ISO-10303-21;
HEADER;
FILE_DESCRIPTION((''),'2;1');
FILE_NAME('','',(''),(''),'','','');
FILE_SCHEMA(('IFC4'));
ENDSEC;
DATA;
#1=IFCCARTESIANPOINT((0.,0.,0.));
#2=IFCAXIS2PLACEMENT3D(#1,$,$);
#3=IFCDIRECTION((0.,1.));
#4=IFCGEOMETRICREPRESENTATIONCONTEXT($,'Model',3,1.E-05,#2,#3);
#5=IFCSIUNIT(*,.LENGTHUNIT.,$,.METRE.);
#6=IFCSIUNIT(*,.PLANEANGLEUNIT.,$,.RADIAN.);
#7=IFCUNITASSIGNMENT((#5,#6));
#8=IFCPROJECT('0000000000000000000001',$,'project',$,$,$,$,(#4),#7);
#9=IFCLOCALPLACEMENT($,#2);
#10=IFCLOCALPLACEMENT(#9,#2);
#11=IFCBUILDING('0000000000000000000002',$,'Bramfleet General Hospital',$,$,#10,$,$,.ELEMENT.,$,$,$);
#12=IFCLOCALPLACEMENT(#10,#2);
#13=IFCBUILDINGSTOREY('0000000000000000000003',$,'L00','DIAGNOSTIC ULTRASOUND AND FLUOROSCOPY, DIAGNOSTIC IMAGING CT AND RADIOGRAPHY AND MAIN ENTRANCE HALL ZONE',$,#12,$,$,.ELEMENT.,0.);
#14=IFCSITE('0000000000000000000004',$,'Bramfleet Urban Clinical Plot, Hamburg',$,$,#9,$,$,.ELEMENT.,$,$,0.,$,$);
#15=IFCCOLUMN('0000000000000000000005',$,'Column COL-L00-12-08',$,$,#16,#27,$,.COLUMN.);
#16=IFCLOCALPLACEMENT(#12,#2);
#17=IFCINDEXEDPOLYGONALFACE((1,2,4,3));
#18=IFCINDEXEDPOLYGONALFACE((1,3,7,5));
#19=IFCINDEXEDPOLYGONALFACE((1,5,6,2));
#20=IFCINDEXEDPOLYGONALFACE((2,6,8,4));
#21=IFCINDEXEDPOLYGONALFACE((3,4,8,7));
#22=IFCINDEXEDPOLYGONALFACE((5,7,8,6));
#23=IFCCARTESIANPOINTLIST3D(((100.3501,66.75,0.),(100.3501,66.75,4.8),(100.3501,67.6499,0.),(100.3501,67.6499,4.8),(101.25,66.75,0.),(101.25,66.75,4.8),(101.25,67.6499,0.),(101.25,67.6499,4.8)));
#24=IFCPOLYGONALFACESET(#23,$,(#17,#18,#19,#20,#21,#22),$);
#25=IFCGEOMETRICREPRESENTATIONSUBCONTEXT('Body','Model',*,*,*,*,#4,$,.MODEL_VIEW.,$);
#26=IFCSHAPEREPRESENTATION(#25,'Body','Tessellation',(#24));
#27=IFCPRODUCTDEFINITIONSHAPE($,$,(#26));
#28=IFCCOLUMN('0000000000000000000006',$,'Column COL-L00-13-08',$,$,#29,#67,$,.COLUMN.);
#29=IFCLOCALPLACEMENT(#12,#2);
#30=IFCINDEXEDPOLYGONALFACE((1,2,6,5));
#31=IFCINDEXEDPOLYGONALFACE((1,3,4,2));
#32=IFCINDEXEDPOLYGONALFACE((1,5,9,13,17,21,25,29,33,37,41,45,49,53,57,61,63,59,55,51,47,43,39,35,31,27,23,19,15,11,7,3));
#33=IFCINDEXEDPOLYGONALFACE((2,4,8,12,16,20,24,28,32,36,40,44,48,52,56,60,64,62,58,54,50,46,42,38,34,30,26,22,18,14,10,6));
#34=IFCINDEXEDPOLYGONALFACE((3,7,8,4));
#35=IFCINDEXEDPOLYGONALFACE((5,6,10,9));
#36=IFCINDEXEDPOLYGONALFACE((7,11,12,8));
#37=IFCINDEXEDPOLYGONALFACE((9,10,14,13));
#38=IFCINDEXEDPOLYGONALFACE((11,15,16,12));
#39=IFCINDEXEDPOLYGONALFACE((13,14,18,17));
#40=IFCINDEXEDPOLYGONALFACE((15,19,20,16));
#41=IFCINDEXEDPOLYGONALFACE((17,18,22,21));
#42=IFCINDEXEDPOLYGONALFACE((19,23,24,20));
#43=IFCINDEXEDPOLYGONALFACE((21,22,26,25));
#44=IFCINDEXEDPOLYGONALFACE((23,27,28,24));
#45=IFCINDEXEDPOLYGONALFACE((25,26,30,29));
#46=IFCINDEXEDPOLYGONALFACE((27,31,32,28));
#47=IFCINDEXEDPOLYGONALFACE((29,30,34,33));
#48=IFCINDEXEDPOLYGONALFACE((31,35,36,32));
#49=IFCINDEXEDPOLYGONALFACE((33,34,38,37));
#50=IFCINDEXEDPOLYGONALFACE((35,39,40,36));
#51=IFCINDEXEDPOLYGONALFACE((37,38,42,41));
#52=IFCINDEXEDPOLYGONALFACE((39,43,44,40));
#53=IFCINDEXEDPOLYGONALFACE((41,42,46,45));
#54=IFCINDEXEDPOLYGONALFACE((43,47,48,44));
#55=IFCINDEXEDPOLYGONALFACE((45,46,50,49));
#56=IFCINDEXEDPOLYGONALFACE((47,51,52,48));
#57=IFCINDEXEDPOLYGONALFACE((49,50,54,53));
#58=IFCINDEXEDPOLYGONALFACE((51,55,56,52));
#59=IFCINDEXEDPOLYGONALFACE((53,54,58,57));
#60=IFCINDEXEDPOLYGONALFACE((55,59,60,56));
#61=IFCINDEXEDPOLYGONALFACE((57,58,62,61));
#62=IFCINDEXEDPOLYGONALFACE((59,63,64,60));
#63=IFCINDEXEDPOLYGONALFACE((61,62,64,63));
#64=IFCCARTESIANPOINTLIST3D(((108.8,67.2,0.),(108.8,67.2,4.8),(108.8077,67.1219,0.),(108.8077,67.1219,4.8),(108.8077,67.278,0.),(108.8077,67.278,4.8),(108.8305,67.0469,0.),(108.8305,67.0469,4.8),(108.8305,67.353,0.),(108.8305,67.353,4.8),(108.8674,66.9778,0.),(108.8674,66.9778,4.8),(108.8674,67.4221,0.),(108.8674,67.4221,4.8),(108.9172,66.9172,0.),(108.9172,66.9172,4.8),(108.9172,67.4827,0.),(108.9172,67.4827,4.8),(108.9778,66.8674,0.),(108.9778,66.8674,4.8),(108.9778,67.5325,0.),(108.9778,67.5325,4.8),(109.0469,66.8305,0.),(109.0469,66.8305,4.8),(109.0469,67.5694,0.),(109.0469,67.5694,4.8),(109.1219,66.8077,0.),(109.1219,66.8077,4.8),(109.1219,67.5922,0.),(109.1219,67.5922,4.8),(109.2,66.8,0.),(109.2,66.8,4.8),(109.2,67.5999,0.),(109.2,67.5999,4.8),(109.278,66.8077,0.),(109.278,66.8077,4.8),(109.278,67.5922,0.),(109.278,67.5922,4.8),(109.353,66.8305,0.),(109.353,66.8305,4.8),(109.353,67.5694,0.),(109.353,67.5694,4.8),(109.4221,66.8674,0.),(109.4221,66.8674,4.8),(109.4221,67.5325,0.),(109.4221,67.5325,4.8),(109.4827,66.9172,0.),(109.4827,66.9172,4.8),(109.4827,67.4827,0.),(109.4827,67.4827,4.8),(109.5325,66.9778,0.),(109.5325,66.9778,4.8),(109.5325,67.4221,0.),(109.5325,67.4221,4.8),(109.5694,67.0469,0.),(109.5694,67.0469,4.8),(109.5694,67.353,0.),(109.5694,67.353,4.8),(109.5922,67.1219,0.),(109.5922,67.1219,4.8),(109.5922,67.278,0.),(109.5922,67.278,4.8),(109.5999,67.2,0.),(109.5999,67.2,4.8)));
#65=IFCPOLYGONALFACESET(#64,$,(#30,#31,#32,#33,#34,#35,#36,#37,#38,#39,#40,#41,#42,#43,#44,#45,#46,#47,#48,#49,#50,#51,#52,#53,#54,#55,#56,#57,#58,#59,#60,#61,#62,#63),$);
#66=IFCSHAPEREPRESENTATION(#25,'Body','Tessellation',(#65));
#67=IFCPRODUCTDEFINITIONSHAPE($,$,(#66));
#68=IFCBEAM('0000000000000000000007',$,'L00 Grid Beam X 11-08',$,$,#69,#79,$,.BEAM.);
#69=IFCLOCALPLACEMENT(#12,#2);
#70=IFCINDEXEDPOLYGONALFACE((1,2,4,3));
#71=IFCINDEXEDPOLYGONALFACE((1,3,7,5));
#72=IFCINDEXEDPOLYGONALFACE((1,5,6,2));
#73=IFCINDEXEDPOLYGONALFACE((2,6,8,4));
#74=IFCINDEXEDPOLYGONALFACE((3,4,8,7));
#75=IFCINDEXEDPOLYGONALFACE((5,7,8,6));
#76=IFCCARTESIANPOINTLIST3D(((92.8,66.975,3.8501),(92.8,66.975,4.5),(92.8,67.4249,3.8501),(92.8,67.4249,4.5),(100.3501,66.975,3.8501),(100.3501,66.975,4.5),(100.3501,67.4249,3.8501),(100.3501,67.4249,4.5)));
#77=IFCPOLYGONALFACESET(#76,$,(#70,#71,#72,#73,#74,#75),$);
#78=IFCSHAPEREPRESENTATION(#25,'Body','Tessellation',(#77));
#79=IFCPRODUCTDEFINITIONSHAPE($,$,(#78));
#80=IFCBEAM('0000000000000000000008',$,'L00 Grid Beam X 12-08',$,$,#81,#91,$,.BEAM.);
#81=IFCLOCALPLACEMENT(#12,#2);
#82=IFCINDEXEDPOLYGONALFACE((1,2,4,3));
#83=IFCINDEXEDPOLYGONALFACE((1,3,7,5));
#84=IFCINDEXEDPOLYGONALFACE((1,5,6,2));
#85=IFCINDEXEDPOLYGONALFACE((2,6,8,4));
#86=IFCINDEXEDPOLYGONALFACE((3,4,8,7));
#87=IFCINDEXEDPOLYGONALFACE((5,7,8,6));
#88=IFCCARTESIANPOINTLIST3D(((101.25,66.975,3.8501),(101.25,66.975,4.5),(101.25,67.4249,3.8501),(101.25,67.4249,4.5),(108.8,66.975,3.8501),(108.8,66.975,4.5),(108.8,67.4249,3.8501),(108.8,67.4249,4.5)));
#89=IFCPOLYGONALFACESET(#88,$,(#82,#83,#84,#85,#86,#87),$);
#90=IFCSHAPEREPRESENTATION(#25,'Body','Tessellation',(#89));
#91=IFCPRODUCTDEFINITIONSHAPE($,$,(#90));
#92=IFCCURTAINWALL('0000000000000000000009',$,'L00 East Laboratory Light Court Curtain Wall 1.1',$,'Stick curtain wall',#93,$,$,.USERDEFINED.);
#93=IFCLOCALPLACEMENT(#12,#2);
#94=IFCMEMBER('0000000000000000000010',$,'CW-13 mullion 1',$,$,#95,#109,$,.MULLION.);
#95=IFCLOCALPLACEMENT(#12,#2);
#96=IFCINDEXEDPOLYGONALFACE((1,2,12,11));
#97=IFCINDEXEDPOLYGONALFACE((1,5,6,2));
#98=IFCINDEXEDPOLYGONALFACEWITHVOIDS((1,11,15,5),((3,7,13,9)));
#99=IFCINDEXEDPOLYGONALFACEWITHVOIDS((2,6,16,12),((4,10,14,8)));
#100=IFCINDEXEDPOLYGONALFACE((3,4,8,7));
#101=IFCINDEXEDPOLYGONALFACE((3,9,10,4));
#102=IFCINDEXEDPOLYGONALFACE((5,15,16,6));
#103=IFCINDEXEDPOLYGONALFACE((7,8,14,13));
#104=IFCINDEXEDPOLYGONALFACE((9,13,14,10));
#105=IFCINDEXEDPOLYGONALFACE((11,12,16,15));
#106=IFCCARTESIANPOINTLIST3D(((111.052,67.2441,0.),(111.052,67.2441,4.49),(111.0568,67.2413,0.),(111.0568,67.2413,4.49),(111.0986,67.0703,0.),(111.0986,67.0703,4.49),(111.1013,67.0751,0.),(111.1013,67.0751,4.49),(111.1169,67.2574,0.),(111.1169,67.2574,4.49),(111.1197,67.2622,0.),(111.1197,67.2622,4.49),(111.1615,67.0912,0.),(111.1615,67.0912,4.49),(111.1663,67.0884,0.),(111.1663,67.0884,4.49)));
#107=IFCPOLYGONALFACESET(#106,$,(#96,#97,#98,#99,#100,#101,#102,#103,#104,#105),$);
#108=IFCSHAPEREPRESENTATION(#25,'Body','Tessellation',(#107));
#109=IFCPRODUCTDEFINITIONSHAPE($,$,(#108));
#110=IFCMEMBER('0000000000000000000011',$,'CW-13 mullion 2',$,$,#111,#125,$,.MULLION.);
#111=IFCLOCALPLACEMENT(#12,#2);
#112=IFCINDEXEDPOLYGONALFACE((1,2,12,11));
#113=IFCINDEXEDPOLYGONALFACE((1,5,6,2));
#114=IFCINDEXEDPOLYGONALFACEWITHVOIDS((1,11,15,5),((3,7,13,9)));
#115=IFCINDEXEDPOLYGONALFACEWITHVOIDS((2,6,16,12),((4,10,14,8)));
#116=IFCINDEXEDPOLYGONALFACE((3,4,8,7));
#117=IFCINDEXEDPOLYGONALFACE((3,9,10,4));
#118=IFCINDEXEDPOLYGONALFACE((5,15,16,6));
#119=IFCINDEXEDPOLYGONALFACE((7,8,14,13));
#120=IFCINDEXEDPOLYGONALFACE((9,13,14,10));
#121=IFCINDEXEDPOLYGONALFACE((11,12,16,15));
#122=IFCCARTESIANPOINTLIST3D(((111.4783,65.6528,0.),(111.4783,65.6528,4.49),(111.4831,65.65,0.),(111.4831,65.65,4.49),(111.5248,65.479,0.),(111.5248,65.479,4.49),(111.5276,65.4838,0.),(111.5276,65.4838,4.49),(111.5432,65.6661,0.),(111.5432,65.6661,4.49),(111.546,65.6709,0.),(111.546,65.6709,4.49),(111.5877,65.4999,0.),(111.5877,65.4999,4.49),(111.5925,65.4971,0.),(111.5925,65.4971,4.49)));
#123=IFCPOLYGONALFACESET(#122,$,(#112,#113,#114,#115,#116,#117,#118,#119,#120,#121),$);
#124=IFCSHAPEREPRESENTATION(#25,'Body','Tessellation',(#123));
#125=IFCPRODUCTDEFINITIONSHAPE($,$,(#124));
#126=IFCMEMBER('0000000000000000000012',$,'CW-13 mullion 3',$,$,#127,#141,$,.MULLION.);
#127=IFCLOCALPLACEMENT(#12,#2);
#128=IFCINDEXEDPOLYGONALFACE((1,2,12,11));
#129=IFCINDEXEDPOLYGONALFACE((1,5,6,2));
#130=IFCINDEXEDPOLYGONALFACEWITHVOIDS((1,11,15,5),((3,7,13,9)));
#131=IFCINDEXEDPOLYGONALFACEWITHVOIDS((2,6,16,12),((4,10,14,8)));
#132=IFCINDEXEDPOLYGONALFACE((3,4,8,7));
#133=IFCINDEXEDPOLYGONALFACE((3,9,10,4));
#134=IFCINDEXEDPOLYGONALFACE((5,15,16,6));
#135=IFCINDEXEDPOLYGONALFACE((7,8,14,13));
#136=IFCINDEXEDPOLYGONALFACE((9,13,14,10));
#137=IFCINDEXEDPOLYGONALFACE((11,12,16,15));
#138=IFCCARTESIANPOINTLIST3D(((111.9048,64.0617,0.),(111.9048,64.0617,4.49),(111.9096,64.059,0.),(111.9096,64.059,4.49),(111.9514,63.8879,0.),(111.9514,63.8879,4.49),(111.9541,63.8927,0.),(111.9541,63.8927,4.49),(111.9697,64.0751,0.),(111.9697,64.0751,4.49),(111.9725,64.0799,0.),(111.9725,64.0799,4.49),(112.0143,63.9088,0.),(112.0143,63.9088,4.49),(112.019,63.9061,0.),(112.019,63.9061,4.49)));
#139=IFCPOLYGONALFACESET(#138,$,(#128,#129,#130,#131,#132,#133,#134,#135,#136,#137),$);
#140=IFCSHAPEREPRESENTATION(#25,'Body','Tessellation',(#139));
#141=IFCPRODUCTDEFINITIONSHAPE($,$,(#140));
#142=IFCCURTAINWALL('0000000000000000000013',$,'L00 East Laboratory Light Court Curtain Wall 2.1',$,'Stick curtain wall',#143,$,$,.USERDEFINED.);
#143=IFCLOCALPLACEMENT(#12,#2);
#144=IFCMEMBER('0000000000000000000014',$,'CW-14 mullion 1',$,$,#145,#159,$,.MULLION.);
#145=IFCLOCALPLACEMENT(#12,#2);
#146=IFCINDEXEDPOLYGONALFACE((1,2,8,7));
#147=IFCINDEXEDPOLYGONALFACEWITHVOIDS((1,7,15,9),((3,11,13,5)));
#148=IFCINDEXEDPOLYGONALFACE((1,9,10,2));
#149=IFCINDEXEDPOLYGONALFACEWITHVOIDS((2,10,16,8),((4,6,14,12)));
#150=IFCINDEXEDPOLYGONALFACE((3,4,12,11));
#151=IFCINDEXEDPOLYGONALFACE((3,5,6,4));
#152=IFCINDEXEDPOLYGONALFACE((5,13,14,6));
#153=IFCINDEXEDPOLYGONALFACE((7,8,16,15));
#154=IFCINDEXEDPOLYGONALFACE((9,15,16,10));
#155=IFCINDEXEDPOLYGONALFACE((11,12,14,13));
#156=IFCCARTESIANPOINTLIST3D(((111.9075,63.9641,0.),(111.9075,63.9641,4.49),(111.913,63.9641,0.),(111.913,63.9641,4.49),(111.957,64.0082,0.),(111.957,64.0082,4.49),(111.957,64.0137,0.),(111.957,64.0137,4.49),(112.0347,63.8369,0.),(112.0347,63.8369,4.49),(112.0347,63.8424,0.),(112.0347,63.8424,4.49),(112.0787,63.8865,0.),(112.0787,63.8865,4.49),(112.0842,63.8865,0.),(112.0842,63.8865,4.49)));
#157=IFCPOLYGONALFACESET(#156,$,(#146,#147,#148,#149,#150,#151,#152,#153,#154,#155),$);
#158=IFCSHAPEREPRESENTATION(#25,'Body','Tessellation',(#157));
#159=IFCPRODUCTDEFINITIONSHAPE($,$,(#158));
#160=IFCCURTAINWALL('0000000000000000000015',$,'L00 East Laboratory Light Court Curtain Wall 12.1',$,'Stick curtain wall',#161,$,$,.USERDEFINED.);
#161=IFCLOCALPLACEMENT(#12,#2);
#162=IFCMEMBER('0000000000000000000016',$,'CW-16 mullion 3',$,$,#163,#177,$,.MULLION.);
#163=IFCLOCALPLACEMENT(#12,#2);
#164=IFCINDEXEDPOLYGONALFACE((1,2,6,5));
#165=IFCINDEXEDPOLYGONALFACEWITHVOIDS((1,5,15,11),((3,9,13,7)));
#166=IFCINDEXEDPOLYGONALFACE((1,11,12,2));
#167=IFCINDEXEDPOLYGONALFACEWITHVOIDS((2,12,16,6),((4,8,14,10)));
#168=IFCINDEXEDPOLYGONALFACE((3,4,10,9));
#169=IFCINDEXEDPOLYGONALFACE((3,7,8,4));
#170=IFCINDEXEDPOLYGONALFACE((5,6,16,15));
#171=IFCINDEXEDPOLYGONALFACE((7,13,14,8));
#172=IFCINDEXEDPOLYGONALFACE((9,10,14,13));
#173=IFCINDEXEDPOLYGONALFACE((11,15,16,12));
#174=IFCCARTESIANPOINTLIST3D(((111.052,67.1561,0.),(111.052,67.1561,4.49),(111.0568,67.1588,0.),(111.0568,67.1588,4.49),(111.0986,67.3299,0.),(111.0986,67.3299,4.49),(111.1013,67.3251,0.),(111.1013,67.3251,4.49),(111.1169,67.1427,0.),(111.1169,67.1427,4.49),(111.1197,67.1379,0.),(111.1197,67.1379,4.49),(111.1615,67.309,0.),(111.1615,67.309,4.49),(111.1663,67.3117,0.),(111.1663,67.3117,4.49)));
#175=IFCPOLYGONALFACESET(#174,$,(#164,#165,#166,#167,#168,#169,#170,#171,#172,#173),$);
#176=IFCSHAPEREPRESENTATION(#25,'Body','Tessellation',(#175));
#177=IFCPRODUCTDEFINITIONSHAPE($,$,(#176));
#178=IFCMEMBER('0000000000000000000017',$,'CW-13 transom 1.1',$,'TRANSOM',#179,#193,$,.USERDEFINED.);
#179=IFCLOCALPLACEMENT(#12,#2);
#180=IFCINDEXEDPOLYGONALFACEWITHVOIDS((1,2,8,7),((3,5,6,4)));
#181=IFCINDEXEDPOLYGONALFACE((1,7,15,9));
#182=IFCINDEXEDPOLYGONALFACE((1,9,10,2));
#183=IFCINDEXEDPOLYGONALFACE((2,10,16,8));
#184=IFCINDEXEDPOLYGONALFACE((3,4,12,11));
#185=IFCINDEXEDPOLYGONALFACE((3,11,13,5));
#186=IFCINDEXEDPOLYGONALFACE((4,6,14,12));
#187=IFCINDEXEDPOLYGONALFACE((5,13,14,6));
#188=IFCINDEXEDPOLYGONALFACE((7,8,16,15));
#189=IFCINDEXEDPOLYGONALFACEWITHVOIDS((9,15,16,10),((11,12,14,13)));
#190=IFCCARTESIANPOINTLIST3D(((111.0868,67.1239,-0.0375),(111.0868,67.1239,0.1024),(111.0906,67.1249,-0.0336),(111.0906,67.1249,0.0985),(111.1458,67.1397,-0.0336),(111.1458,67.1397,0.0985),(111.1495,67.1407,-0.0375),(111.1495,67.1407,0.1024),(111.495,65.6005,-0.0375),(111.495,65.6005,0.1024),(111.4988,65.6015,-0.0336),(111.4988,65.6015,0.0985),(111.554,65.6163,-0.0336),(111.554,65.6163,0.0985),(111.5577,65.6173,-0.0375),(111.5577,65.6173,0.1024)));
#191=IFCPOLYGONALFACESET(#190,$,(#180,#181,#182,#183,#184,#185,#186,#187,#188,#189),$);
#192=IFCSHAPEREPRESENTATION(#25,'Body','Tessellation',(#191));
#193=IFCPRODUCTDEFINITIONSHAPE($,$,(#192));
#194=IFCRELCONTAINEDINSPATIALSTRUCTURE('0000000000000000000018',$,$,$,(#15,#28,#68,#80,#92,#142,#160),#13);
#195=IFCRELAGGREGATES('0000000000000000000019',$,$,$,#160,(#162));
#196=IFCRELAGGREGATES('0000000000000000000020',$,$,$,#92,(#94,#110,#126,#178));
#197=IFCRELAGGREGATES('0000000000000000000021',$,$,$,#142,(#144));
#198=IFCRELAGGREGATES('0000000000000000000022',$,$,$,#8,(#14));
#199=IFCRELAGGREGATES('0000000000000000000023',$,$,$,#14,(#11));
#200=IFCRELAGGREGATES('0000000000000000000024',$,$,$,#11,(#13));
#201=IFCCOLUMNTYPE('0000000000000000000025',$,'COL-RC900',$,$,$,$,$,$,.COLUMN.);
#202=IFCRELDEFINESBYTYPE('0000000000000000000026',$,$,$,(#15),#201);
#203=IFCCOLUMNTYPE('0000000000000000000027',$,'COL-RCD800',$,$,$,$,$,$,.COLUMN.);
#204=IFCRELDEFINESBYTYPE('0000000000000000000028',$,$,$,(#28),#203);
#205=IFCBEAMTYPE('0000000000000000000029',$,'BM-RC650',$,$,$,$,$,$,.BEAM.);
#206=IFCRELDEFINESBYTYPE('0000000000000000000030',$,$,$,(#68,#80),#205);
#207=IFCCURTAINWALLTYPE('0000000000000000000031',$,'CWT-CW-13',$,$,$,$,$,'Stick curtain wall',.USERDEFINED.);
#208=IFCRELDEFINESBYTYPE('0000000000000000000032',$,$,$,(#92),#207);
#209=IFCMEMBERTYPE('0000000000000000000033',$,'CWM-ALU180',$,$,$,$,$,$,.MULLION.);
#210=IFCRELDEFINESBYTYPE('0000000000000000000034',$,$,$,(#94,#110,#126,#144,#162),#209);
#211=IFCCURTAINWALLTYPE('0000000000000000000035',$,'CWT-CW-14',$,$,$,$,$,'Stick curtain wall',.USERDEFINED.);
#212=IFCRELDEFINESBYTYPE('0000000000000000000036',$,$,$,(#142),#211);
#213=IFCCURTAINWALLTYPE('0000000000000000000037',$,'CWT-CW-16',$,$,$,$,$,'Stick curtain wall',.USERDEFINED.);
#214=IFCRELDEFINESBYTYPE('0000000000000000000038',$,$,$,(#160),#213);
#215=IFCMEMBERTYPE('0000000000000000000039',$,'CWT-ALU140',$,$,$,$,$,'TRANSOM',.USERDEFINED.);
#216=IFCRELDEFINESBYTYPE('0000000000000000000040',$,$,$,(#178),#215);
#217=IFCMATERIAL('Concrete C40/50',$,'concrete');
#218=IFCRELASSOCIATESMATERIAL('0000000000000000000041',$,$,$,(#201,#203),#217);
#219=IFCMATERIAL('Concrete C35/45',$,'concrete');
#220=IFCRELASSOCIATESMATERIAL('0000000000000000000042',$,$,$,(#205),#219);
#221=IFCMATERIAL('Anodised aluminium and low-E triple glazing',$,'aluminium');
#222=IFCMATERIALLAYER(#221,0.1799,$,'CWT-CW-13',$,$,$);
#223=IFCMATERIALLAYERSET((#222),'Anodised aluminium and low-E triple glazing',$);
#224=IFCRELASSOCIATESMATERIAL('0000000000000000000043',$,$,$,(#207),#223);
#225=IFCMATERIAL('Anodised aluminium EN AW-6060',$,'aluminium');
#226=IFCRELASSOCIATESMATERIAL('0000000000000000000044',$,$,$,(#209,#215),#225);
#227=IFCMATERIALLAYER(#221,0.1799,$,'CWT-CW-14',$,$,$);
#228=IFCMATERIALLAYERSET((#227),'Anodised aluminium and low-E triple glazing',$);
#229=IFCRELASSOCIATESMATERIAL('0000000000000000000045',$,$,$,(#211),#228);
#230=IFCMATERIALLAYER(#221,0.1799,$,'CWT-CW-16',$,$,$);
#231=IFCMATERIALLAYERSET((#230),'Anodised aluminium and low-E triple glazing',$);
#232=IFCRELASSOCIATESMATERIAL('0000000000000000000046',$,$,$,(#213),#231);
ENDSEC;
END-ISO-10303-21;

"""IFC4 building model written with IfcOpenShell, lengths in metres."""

from ifc_helpers import new_model, si_unit, direction, frame, origin, origin_2d, place, context, subcontext, project, spatial, rectangle, hollow_rectangle, circle, extrude, material, layer, layer_set, material_profile, profile_set, type_object, element, aggregate, save


model = new_model("IFC4")

# Units and contexts
model_context = context("Model", 3, precision=1e-05, world=origin(), true_north=direction((0.0, 1.0)))
body_context = subcontext(model_context, "Body", "Model", "MODEL_VIEW")
ifc_project = project(units=[si_unit("LENGTHUNIT", "METRE"), si_unit("PLANEANGLEUNIT", "RADIAN")], contexts=[model_context])

# Site, building, storey
site_placement = place(None, origin())
site = spatial("IfcSite", under=ifc_project, at=site_placement, Name="Bramfleet Urban Clinical Plot, Hamburg", CompositionType="ELEMENT", RefElevation=0.0)
building_placement = place(site_placement, origin())
building = spatial("IfcBuilding", under=site, at=building_placement, Name="Bramfleet General Hospital", CompositionType="ELEMENT")
storey_placement = place(building_placement, origin())
storey = spatial("IfcBuildingStorey", under=building, at=storey_placement, Name="L00", Description="DIAGNOSTIC ULTRASOUND AND FLUOROSCOPY, DIAGNOSTIC IMAGING CT AND RADIOGRAPHY AND MAIN ENTRANCE HALL ZONE", CompositionType="ELEMENT", Elevation=0.0)

# Columns
ifc_material_1 = material(Name="Concrete C40/50", Category="concrete")
ifc_material_profile_1 = material_profile(ifc_material_1, rectangle(XDim=0.8999, YDim=0.8999, at=origin_2d()), Name="RC COL 900x900")
ifc_profile_set_1 = profile_set([ifc_material_profile_1], Name="Concrete C40/50")
column_type_1 = type_object("IfcColumnType", Name="COL-RC900", PredefinedType="COLUMN", material=ifc_profile_set_1)
column_1_placement = place(storey_placement, frame((100.8, 67.2, 0.0), z_axis=(0.0, 0.0, 1.0), x_axis=(1.0, 0.0, 0.0)))
element("IfcColumn", 1, at=column_1_placement, inside=storey, type_object=column_type_1, Name="Column COL-L00-12-08", PredefinedType="COLUMN", context=body_context, shape_type="SweptSolid", body=[
    extrude(rectangle(XDim=0.8999, YDim=0.8999, at=origin_2d()), origin(), (0.0, 0.0, 1.0), 4.8),
])
ifc_material_profile_2 = material_profile(ifc_material_1, circle(Radius=0.3999, at=origin_2d()), Name="RC ROUND D800")
ifc_profile_set_2 = profile_set([ifc_material_profile_2], Name="Concrete C40/50")
column_type_2 = type_object("IfcColumnType", Name="COL-RCD800", PredefinedType="COLUMN", material=ifc_profile_set_2)
column_2_placement = place(storey_placement, frame((109.2, 67.2, 0.0), z_axis=(0.0, 0.0, 1.0), x_axis=(1.0, 0.0, 0.0)))
element("IfcColumn", 2, at=column_2_placement, inside=storey, type_object=column_type_2, Name="Column COL-L00-13-08", PredefinedType="COLUMN", context=body_context, shape_type="SweptSolid", body=[
    extrude(circle(Radius=0.3999, at=origin_2d()), origin(), (0.0, 0.0, 1.0), 4.8),
])

# Beams
ifc_material_2 = material(Name="Concrete C35/45", Category="concrete")
ifc_material_profile_3 = material_profile(ifc_material_2, rectangle(XDim=0.45, YDim=0.6499, at=origin_2d()), Name="RC BM 650x450")
ifc_profile_set_3 = profile_set([ifc_material_profile_3], Name="Concrete C35/45")
beam_type = type_object("IfcBeamType", Name="BM-RC650", PredefinedType="BEAM", material=ifc_profile_set_3)
for number, where, z_axis, x_axis, name in (
    (3, (92.8, 67.2, 4.175), (1.0, 0.0, 0.0), (0.0, 1.0, 0.0), "L00 Grid Beam X 11-08"),
    (4, (101.25, 67.2, 4.175), (1.0, 0.0, 0.0), (0.0, 1.0, 0.0), "L00 Grid Beam X 12-08"),
):
    element("IfcBeam", number, at=place(storey_placement, frame(where, z_axis=z_axis, x_axis=x_axis)), inside=storey, type_object=beam_type, Name=name, PredefinedType="BEAM", context=body_context, shape_type="SweptSolid", body=[
        extrude(rectangle(XDim=0.45, YDim=0.6499, at=origin_2d()), origin(), (0.0, 0.0, 1.0), 7.55),
    ])

# Curtain wall, members
ifc_material_3 = material(Name="Anodised aluminium and low-E triple glazing", Category="aluminium")
ifc_layer_1 = layer(ifc_material_3, 0.1799, Name="CWT-CW-13")
ifc_layer_set_1 = layer_set([ifc_layer_1], Name="Anodised aluminium and low-E triple glazing")
curtain_wall_type_1 = type_object("IfcCurtainWallType", Name="CWT-CW-13", ElementType="Stick curtain wall", PredefinedType="USERDEFINED", material=ifc_layer_set_1)
curtain_wall_1_placement = place(storey_placement, origin())
curtain_wall_1 = element("IfcCurtainWall", 5, at=curtain_wall_1_placement, inside=storey, type_object=curtain_wall_type_1, Name="L00 East Laboratory Light Court Curtain Wall 1.1", ObjectType="Stick curtain wall", PredefinedType="USERDEFINED")
ifc_material_4 = material(Name="Anodised aluminium EN AW-6060", Category="aluminium")
ifc_material_profile_4 = material_profile(ifc_material_4, hollow_rectangle(XDim=0.0701, YDim=0.1799, WallThickness=0.0039, at=origin_2d()), Name="ALU 180x70x4.0")
ifc_profile_set_4 = profile_set([ifc_material_profile_4], Name="Anodised aluminium EN AW-6060")
member_type_1 = type_object("IfcMemberType", Name="CWM-ALU180", PredefinedType="MULLION", material=ifc_profile_set_4)
member_1_placement = place(storey_placement, frame((111.1091, 67.1663, 0.0), z_axis=(0.0, 0.0, 1.0), x_axis=(0.965914, 0.258865, 0.0)))
member_1 = element("IfcMember", 6, at=member_1_placement, type_object=member_type_1, Name="CW-13 mullion 1", PredefinedType="MULLION", context=body_context, shape_type="SweptSolid", body=[
    extrude(hollow_rectangle(XDim=0.0701, YDim=0.1799, WallThickness=0.0039, at=origin_2d()), origin(), (0.0, 0.0, 1.0), 4.49),
])
member_2_placement = place(storey_placement, frame((111.5354, 65.575, 0.0), z_axis=(0.0, 0.0, 1.0), x_axis=(0.965914, 0.258865, 0.0)))
member_2 = element("IfcMember", 7, at=member_2_placement, type_object=member_type_1, Name="CW-13 mullion 2", PredefinedType="MULLION", context=body_context, shape_type="SweptSolid", body=[
    extrude(hollow_rectangle(XDim=0.0701, YDim=0.1799, WallThickness=0.0039, at=origin_2d()), origin(), (0.0, 0.0, 1.0), 4.49),
])
member_3_placement = place(storey_placement, frame((111.9619, 63.9839, 0.0), z_axis=(0.0, 0.0, 1.0), x_axis=(0.965914, 0.258865, 0.0)))
member_3 = element("IfcMember", 8, at=member_3_placement, type_object=member_type_1, Name="CW-13 mullion 3", PredefinedType="MULLION", context=body_context, shape_type="SweptSolid", body=[
    extrude(hollow_rectangle(XDim=0.0701, YDim=0.1799, WallThickness=0.0039, at=origin_2d()), origin(), (0.0, 0.0, 1.0), 4.49),
])

# Curtain walls, members
ifc_layer_2 = layer(ifc_material_3, 0.1799, Name="CWT-CW-14")
ifc_layer_set_2 = layer_set([ifc_layer_2], Name="Anodised aluminium and low-E triple glazing")
curtain_wall_type_2 = type_object("IfcCurtainWallType", Name="CWT-CW-14", ElementType="Stick curtain wall", PredefinedType="USERDEFINED", material=ifc_layer_set_2)
curtain_wall_2_placement = place(storey_placement, origin())
curtain_wall_2 = element("IfcCurtainWall", 9, at=curtain_wall_2_placement, inside=storey, type_object=curtain_wall_type_2, Name="L00 East Laboratory Light Court Curtain Wall 2.1", ObjectType="Stick curtain wall", PredefinedType="USERDEFINED")
member_4_placement = place(storey_placement, frame((111.9958, 63.9253, 0.0), z_axis=(0.0, 0.0, 1.0), x_axis=(0.707107, 0.707107, 0.0)))
member_4 = element("IfcMember", 10, at=member_4_placement, type_object=member_type_1, Name="CW-14 mullion 1", PredefinedType="MULLION", context=body_context, shape_type="SweptSolid", body=[
    extrude(hollow_rectangle(XDim=0.0701, YDim=0.1799, WallThickness=0.0039, at=origin_2d()), origin(), (0.0, 0.0, 1.0), 4.49),
])
ifc_layer_3 = layer(ifc_material_3, 0.1799, Name="CWT-CW-16")
ifc_layer_set_3 = layer_set([ifc_layer_3], Name="Anodised aluminium and low-E triple glazing")
curtain_wall_type_3 = type_object("IfcCurtainWallType", Name="CWT-CW-16", ElementType="Stick curtain wall", PredefinedType="USERDEFINED", material=ifc_layer_set_3)
curtain_wall_3_placement = place(storey_placement, origin())
curtain_wall_3 = element("IfcCurtainWall", 11, at=curtain_wall_3_placement, inside=storey, type_object=curtain_wall_type_3, Name="L00 East Laboratory Light Court Curtain Wall 12.1", ObjectType="Stick curtain wall", PredefinedType="USERDEFINED")
member_5_placement = place(storey_placement, frame((111.1091, 67.2339, 0.0), z_axis=(0.0, 0.0, 1.0), x_axis=(0.965914, -0.258865, 0.0)))
member_5 = element("IfcMember", 12, at=member_5_placement, type_object=member_type_1, Name="CW-16 mullion 3", PredefinedType="MULLION", context=body_context, shape_type="SweptSolid", body=[
    extrude(hollow_rectangle(XDim=0.0701, YDim=0.1799, WallThickness=0.0039, at=origin_2d()), origin(), (0.0, 0.0, 1.0), 4.49),
])
aggregate(curtain_wall_3, [member_5])

# Member
ifc_material_profile_5 = material_profile(ifc_material_4, hollow_rectangle(XDim=0.0649, YDim=0.1399, WallThickness=0.0039, at=origin_2d()), Name="ALU 140x65x4.0")
ifc_profile_set_5 = profile_set([ifc_material_profile_5], Name="Anodised aluminium EN AW-6060")
member_type_2 = type_object("IfcMemberType", Name="CWT-ALU140", ElementType="TRANSOM", PredefinedType="USERDEFINED", material=ifc_profile_set_5)
member_6_placement = place(storey_placement, frame((111.1182, 67.1323, 0.0325), z_axis=(0.258819, -0.965926, 0.0), x_axis=(0.965926, 0.258819, 0.0)))
member_6 = element("IfcMember", 13, at=member_6_placement, type_object=member_type_2, Name="CW-13 transom 1.1", ObjectType="TRANSOM", PredefinedType="USERDEFINED", context=body_context, shape_type="SweptSolid", body=[
    extrude(hollow_rectangle(XDim=0.0649, YDim=0.1399, WallThickness=0.0039, at=origin_2d()), origin(), (0.0, 0.0, 1.0), 1.5771),
])

aggregate(curtain_wall_1, [member_1, member_2, member_3, member_6])
aggregate(curtain_wall_2, [member_4])

save(model, "model.ifc")
